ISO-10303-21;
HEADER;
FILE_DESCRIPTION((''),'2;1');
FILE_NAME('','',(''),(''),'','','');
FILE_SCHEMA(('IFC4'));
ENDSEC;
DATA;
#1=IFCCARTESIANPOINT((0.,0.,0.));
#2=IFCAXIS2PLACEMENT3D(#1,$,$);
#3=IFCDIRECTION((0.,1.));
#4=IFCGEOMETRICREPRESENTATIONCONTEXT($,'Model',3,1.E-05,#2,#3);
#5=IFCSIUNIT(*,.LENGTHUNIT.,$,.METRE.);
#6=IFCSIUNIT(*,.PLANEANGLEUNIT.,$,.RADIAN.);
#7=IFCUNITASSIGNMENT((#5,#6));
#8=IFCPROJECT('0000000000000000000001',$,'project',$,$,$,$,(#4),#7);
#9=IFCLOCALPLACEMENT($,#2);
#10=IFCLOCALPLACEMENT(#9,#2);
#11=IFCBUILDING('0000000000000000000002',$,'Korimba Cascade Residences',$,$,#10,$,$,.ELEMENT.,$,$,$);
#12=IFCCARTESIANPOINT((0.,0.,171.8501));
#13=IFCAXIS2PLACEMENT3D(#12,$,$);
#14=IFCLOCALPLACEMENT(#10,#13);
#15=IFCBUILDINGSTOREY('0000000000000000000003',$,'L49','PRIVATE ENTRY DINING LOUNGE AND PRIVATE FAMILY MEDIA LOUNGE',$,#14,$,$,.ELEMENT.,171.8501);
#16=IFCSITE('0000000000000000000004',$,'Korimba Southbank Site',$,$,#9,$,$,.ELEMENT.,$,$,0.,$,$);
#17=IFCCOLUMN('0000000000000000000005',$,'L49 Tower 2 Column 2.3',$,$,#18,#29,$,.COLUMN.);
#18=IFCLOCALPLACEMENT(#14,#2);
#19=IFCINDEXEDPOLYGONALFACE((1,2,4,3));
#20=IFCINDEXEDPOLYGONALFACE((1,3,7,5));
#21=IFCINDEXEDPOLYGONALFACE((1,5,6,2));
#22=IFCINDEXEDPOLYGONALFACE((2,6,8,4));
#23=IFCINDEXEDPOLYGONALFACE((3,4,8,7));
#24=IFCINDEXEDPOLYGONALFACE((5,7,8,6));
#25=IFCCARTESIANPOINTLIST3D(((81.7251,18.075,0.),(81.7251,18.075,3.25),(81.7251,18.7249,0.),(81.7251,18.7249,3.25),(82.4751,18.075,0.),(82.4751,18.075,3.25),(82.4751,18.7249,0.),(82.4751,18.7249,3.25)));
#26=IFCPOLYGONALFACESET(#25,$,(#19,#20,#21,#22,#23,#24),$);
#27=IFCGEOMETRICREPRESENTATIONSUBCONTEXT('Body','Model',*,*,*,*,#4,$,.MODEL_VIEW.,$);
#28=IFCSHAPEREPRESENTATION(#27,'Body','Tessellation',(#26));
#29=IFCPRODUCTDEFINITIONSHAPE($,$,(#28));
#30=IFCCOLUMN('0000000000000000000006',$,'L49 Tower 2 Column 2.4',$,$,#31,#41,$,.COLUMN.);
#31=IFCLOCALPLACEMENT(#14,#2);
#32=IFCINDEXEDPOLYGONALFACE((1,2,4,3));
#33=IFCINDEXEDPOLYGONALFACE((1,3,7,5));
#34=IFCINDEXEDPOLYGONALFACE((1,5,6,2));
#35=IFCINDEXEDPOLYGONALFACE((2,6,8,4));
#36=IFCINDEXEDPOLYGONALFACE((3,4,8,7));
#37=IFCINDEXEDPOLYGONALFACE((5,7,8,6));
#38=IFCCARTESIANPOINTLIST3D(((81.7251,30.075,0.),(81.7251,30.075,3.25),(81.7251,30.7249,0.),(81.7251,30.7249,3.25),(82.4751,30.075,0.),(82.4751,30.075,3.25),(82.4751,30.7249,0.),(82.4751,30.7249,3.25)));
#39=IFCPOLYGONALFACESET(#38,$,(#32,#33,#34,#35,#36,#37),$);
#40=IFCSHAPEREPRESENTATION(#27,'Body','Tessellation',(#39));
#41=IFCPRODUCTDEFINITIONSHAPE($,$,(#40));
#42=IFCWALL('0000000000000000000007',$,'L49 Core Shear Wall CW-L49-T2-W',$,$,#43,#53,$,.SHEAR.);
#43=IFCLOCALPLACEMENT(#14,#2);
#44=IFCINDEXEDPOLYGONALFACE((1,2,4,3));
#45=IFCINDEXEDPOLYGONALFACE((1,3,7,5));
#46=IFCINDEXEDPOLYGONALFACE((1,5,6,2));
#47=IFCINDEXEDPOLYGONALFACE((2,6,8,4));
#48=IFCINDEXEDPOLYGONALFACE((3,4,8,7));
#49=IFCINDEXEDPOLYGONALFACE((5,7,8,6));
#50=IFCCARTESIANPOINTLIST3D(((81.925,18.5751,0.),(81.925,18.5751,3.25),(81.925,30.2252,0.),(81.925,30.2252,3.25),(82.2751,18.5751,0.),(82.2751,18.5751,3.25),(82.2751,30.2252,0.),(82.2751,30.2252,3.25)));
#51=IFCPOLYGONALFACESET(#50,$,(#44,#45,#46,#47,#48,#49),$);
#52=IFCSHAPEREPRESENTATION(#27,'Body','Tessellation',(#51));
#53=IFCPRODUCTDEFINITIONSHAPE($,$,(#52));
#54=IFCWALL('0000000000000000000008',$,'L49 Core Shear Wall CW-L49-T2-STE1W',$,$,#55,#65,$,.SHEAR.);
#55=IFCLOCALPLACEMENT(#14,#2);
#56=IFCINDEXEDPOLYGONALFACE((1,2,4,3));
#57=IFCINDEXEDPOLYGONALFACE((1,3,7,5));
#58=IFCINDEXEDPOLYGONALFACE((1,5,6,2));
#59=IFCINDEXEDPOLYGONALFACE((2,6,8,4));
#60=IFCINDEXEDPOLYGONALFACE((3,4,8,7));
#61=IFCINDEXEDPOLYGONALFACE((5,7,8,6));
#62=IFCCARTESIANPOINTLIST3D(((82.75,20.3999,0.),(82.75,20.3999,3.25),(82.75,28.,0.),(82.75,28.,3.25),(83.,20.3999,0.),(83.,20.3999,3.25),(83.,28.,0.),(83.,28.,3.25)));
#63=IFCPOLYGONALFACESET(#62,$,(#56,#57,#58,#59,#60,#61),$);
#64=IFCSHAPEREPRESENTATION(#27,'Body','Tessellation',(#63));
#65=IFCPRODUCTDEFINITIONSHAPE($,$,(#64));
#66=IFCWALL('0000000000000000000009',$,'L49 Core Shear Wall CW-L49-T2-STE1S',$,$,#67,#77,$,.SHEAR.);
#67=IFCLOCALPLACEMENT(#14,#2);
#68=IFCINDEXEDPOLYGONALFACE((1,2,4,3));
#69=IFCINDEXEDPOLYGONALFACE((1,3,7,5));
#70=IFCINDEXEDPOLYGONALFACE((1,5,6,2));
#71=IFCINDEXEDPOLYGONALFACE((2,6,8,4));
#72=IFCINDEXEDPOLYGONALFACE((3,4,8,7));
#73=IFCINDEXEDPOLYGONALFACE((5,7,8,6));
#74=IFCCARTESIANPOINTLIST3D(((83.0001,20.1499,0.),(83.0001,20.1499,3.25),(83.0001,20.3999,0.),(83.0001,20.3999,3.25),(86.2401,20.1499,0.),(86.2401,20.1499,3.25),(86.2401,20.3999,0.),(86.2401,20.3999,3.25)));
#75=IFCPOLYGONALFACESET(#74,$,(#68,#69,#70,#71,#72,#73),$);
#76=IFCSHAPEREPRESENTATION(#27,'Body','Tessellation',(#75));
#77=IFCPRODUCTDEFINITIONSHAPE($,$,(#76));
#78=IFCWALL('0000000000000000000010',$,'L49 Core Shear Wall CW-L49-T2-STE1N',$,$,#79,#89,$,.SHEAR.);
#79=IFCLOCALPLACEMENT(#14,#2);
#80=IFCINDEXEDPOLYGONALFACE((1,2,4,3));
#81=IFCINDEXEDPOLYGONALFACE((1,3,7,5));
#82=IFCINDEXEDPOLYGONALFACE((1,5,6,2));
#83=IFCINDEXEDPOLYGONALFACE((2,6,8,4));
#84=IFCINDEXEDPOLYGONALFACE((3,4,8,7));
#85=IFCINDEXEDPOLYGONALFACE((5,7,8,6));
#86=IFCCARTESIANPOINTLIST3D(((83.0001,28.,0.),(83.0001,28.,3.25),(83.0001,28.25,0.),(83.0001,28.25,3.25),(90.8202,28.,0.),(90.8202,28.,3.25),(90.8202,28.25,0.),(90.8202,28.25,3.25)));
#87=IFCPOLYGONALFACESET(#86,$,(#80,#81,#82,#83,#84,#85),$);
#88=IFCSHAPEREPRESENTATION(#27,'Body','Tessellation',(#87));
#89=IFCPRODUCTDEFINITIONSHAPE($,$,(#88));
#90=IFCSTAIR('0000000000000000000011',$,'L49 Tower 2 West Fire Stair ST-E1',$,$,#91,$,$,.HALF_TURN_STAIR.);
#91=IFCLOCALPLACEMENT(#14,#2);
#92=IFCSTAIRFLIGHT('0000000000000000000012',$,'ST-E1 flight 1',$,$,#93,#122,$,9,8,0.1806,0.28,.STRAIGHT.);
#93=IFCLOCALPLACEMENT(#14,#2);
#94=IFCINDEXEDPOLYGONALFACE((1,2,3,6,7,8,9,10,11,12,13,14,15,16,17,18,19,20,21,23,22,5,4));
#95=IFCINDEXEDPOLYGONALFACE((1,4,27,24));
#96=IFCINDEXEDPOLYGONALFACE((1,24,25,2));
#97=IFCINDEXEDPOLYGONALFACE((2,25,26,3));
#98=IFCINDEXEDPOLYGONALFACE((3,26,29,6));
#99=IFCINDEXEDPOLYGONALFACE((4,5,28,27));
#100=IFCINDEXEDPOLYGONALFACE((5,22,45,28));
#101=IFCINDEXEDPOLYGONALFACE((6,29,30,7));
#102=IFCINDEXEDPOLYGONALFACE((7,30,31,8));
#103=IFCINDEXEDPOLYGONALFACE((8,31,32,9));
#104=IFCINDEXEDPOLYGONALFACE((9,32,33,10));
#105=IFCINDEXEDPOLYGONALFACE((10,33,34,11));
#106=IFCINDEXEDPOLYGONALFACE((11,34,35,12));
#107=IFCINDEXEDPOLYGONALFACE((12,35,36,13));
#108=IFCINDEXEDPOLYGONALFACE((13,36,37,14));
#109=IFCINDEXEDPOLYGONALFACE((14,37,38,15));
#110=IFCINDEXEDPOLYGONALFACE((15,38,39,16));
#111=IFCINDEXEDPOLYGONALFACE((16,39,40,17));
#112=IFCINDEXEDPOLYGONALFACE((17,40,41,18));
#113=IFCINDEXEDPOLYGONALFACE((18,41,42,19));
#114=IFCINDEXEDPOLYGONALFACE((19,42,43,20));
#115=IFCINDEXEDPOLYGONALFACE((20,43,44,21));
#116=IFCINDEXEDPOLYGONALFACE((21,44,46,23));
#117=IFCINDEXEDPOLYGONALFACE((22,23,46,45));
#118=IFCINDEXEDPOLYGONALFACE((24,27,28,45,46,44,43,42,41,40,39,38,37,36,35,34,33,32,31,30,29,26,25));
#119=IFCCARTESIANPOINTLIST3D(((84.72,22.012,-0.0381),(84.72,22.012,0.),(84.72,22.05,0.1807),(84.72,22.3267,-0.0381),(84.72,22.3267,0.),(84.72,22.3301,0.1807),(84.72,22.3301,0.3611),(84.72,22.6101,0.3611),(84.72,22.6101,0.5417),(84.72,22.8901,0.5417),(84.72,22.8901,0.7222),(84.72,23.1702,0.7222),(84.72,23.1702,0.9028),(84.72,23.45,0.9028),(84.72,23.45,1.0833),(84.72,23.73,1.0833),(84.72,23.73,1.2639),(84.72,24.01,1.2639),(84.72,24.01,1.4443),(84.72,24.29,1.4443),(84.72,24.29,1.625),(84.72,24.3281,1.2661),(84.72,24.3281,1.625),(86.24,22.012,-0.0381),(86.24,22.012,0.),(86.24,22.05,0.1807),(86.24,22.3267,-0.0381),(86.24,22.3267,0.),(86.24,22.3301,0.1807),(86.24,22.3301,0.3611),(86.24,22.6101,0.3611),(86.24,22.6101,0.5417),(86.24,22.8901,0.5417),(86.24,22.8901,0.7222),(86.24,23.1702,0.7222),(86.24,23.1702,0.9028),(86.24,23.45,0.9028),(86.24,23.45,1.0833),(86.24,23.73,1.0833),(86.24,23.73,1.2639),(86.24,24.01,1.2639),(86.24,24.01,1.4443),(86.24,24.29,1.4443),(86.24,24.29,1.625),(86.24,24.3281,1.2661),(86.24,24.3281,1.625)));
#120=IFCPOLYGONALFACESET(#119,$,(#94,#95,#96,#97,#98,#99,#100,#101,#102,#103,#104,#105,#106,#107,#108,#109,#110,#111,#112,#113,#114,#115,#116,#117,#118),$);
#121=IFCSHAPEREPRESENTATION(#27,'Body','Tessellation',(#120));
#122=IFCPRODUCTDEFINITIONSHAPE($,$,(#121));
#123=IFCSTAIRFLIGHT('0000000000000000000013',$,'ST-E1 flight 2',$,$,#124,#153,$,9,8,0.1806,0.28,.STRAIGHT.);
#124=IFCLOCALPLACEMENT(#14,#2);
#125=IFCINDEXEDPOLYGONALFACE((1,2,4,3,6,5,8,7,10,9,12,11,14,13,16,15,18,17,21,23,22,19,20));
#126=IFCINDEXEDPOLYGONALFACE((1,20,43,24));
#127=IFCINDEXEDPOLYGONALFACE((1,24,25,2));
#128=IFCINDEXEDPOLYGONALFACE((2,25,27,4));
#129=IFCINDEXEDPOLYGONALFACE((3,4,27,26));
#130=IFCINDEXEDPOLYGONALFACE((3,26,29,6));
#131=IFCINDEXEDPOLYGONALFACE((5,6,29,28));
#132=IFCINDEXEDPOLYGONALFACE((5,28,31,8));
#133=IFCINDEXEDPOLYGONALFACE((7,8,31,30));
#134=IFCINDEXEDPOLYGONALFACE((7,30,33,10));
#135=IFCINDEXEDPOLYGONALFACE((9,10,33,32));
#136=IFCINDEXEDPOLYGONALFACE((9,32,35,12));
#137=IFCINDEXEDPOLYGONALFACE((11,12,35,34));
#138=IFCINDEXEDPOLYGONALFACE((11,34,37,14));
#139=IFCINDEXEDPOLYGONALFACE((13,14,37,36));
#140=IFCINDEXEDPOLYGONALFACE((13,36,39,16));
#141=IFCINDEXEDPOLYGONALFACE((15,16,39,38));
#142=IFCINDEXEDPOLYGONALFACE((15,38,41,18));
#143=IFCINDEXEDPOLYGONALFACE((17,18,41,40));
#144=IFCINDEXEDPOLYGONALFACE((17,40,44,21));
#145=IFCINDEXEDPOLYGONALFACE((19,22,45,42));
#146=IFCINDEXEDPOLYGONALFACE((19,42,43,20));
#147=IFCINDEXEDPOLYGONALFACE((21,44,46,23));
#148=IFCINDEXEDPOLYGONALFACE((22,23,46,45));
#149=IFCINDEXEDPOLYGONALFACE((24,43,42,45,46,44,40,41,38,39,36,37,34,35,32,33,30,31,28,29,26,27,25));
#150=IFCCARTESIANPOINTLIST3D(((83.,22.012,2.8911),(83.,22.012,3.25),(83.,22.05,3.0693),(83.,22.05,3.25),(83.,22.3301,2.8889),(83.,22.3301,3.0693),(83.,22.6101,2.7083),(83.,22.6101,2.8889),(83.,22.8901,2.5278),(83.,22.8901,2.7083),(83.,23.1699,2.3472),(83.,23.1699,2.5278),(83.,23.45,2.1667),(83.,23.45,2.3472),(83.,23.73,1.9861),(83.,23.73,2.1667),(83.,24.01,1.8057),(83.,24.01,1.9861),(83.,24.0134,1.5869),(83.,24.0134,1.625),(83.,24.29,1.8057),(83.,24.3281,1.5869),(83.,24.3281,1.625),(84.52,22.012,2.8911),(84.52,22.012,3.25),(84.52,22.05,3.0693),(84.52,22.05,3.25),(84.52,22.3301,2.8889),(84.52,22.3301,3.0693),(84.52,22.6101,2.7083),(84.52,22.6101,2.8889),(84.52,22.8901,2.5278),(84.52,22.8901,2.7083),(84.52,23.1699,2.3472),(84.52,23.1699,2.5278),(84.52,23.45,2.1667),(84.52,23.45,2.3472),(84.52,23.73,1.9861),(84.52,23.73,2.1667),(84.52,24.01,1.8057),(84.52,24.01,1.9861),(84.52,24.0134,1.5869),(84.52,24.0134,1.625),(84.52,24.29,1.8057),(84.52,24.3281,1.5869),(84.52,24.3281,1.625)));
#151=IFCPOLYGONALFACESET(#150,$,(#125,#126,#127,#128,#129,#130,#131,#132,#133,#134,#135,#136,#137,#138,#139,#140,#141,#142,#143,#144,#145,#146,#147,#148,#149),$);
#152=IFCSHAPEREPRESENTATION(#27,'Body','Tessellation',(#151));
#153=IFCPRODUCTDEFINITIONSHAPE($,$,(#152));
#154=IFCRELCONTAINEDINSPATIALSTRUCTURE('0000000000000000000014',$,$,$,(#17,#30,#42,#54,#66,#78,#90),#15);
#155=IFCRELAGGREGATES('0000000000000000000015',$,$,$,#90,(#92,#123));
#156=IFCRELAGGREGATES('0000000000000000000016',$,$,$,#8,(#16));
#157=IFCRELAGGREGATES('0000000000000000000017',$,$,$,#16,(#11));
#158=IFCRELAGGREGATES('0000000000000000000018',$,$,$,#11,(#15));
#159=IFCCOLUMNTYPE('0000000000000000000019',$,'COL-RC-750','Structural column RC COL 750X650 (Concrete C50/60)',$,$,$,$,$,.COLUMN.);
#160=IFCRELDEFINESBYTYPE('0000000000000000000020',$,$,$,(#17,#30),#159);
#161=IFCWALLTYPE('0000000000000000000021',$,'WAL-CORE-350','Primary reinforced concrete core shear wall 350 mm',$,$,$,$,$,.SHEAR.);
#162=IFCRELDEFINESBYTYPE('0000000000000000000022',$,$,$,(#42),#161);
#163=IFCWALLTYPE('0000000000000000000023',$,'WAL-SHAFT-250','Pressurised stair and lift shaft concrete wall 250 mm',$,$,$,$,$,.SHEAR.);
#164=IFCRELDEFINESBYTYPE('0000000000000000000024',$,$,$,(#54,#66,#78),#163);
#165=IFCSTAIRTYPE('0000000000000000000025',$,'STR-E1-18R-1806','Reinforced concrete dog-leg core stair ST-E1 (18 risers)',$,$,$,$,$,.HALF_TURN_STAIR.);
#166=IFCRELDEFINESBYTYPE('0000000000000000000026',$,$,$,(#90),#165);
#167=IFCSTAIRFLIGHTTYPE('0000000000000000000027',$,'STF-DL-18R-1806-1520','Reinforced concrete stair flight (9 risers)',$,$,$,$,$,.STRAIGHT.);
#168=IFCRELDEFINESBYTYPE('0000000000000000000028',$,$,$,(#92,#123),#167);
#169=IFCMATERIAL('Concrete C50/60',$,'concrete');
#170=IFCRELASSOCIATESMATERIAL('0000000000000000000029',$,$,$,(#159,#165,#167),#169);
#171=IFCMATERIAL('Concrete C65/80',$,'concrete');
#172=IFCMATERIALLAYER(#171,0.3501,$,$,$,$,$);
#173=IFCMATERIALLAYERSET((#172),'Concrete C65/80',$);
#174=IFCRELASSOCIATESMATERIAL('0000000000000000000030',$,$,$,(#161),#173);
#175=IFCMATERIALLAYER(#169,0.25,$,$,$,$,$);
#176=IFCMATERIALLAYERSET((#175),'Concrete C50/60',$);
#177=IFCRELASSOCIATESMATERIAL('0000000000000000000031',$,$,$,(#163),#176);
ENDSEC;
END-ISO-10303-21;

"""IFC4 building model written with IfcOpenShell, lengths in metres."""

from ifc_helpers import new_model, si_unit, direction, frame, frame_2d, origin, origin_2d, place, context, subcontext, project, spatial, polyline, rectangle, outline, extrude, material, layer, layer_set, material_profile, profile_set, type_object, element, aggregate, save


model = new_model("IFC4")

# Units and contexts
model_context = context("Model", 3, precision=1e-05, world=origin(), true_north=direction((0.0, 1.0)))
body_context = subcontext(model_context, "Body", "Model", "MODEL_VIEW")
ifc_project = project(units=[si_unit("LENGTHUNIT", "METRE"), si_unit("PLANEANGLEUNIT", "RADIAN")], contexts=[model_context])

# Site, building, storey
site_placement = place(None, origin())
site = spatial("IfcSite", under=ifc_project, at=site_placement, Name="Korimba Southbank Site", CompositionType="ELEMENT", RefElevation=0.0)
building_placement = place(site_placement, origin())
building = spatial("IfcBuilding", under=site, at=building_placement, Name="Korimba Cascade Residences", CompositionType="ELEMENT")
storey_placement = place(building_placement, frame((0.0, 0.0, 171.8501)))
storey = spatial("IfcBuildingStorey", under=building, at=storey_placement, Name="L49", Description="PRIVATE ENTRY DINING LOUNGE AND PRIVATE FAMILY MEDIA LOUNGE", CompositionType="ELEMENT", Elevation=171.8501)

# Columns
ifc_material_1 = material(Name="Concrete C50/60", Category="concrete")
ifc_material_profile = material_profile(ifc_material_1, rectangle(XDim=0.75, YDim=0.6499, at=origin_2d()), Name="Concrete C50/60")
ifc_profile_set = profile_set([ifc_material_profile], Name="Concrete C50/60")
column_type = type_object("IfcColumnType", Name="COL-RC-750", Description="Structural column RC COL 750X650 (Concrete C50/60)", PredefinedType="COLUMN", material=ifc_profile_set)
for number, where, z_axis, x_axis, name in (
    (1, (82.1001, 18.3999, 0.0), (0.0, 0.0, 1.0), (1.0, 0.0, 0.0), "L49 Tower 2 Column 2.3"),
    (2, (82.1001, 30.3999, 0.0), (0.0, 0.0, 1.0), (1.0, 0.0, 0.0), "L49 Tower 2 Column 2.4"),
):
    element("IfcColumn", number, at=place(storey_placement, frame(where, z_axis=z_axis, x_axis=x_axis)), inside=storey, type_object=column_type, Name=name, PredefinedType="COLUMN", context=body_context, shape_type="SweptSolid", body=[
        extrude(rectangle(XDim=0.75, YDim=0.6499, at=origin_2d()), origin(), (0.0, 0.0, 1.0), 3.25),
    ])

# Walls
ifc_material_2 = material(Name="Concrete C65/80", Category="concrete")
ifc_layer_1 = layer(ifc_material_2, 0.3501)
ifc_layer_set_1 = layer_set([ifc_layer_1], Name="Concrete C65/80")
wall_type_1 = type_object("IfcWallType", Name="WAL-CORE-350", Description="Primary reinforced concrete core shear wall 350 mm", PredefinedType="SHEAR", material=ifc_layer_set_1)
wall_1_placement = place(storey_placement, frame((82.1001, 18.575, 0.0), z_axis=(0.0, 0.0, 1.0), x_axis=(0.0, 1.0, 0.0)))
element("IfcWall", 3, at=wall_1_placement, inside=storey, type_object=wall_type_1, Name="L49 Core Shear Wall CW-L49-T2-W", PredefinedType="SHEAR", context=body_context, shape_type="SweptSolid", body=[
    extrude(rectangle(XDim=11.6501, YDim=0.3501, at=frame_2d((5.8252, 0.0))), origin(), (0.0, 0.0, 1.0), 3.25),
])
ifc_layer_2 = layer(ifc_material_1, 0.25)
ifc_layer_set_2 = layer_set([ifc_layer_2], Name="Concrete C50/60")
wall_type_2 = type_object("IfcWallType", Name="WAL-SHAFT-250", Description="Pressurised stair and lift shaft concrete wall 250 mm", PredefinedType="SHEAR", material=ifc_layer_set_2)
wall_2_placement = place(storey_placement, frame((82.875, 20.3999, 0.0), z_axis=(0.0, 0.0, 1.0), x_axis=(0.0, 1.0, 0.0)))
element("IfcWall", 4, at=wall_2_placement, inside=storey, type_object=wall_type_2, Name="L49 Core Shear Wall CW-L49-T2-STE1W", PredefinedType="SHEAR", context=body_context, shape_type="SweptSolid", body=[
    extrude(rectangle(XDim=7.6001, YDim=0.25, at=frame_2d((3.8, 0.0))), origin(), (0.0, 0.0, 1.0), 3.25),
])
wall_3_placement = place(storey_placement, frame((83.0, 20.2749, 0.0), z_axis=(0.0, 0.0, 1.0), x_axis=(1.0, 0.0, 0.0)))
element("IfcWall", 5, at=wall_3_placement, inside=storey, type_object=wall_type_2, Name="L49 Core Shear Wall CW-L49-T2-STE1S", PredefinedType="SHEAR", context=body_context, shape_type="SweptSolid", body=[
    extrude(rectangle(XDim=3.24, YDim=0.25, at=frame_2d((1.6201, 0.0))), origin(), (0.0, 0.0, 1.0), 3.25),
])
wall_4_placement = place(storey_placement, frame((83.0, 28.125, 0.0), z_axis=(0.0, 0.0, 1.0), x_axis=(1.0, 0.0, 0.0)))
element("IfcWall", 6, at=wall_4_placement, inside=storey, type_object=wall_type_2, Name="L49 Core Shear Wall CW-L49-T2-STE1N", PredefinedType="SHEAR", context=body_context, shape_type="SweptSolid", body=[
    extrude(rectangle(XDim=7.8201, YDim=0.25, at=frame_2d((3.9102, 0.0))), origin(), (0.0, 0.0, 1.0), 3.25),
])

# Stair, stair flights
stair_type = type_object("IfcStairType", Name="STR-E1-18R-1806", Description="Reinforced concrete dog-leg core stair ST-E1 (18 risers)", PredefinedType="HALF_TURN_STAIR", material=ifc_material_1)
stair_placement = place(storey_placement, origin())
stair = element("IfcStair", 7, at=stair_placement, inside=storey, type_object=stair_type, Name="L49 Tower 2 West Fire Stair ST-E1", PredefinedType="HALF_TURN_STAIR")
stair_flight_type = type_object("IfcStairFlightType", Name="STF-DL-18R-1806-1520", Description="Reinforced concrete stair flight (9 risers)", PredefinedType="STRAIGHT", material=ifc_material_1)
stair_flight_1_placement = place(storey_placement, frame((85.48, 22.05, 0.0), z_axis=(0.0, 0.0, 1.0), x_axis=(0.0, 1.0, 0.0)))
stair_flight_1 = element("IfcStairFlight", 8, at=stair_flight_1_placement, type_object=stair_flight_type, Name="ST-E1 flight 1", NumberOfRisers=9, NumberOfTreads=8, PredefinedType="STRAIGHT", RiserHeight=0.1806, TreadLength=0.28, context=body_context, shape_type="SweptSolid", body=[
    extrude(outline(polyline([(-0.0381, 0.0), (0.0, 0.1807), (0.28, 0.1807), (0.28, 0.3611), (0.5601, 0.3611), (0.5601, 0.5417), (0.8401, 0.5417), (0.8401, 0.7222), (1.1201, 0.7222), (1.1201, 0.9028), (1.3999, 0.9028), (1.3999, 1.0833), (1.6799, 1.0833), (1.6799, 1.2639), (1.96, 1.2639), (1.96, 1.4443), (2.24, 1.4443), (2.24, 1.625), (2.2781, 1.625), (2.2781, 1.2661), (0.2766, 0.0), (0.2766, -0.0381), (-0.0381, -0.0381), (-0.0381, 0.0)])), frame((0.0, 0.76, 0.0), z_axis=(0.0, -1.0, 0.0), x_axis=(1.0, 0.0, 0.0)), (0.0, 0.0, 1.0), 1.52),
])
stair_flight_2_placement = place(storey_placement, frame((83.76, 24.29, 1.625), z_axis=(0.0, 0.0, 1.0), x_axis=(0.0, -1.0, 0.0)))
stair_flight_2 = element("IfcStairFlight", 9, at=stair_flight_2_placement, type_object=stair_flight_type, Name="ST-E1 flight 2", NumberOfRisers=9, NumberOfTreads=8, PredefinedType="STRAIGHT", RiserHeight=0.1806, TreadLength=0.28, context=body_context, shape_type="SweptSolid", body=[
    extrude(outline(polyline([(-0.0381, 0.0), (0.0, 0.1807), (0.28, 0.1807), (0.28, 0.3611), (0.5601, 0.3611), (0.5601, 0.5417), (0.8401, 0.5417), (0.8401, 0.7222), (1.1201, 0.7222), (1.1201, 0.9028), (1.3999, 0.9028), (1.3999, 1.0833), (1.6799, 1.0833), (1.6799, 1.2639), (1.96, 1.2639), (1.96, 1.4443), (2.24, 1.4443), (2.24, 1.625), (2.2781, 1.625), (2.2781, 1.2661), (0.2766, 0.0), (0.2766, -0.0381), (-0.0381, -0.0381), (-0.0381, 0.0)])), frame((0.0, 0.76, 0.0), z_axis=(0.0, -1.0, 0.0), x_axis=(1.0, 0.0, 0.0)), (0.0, 0.0, 1.0), 1.52),
])
aggregate(stair, [stair_flight_1, stair_flight_2])

save(model, "model.ifc")
